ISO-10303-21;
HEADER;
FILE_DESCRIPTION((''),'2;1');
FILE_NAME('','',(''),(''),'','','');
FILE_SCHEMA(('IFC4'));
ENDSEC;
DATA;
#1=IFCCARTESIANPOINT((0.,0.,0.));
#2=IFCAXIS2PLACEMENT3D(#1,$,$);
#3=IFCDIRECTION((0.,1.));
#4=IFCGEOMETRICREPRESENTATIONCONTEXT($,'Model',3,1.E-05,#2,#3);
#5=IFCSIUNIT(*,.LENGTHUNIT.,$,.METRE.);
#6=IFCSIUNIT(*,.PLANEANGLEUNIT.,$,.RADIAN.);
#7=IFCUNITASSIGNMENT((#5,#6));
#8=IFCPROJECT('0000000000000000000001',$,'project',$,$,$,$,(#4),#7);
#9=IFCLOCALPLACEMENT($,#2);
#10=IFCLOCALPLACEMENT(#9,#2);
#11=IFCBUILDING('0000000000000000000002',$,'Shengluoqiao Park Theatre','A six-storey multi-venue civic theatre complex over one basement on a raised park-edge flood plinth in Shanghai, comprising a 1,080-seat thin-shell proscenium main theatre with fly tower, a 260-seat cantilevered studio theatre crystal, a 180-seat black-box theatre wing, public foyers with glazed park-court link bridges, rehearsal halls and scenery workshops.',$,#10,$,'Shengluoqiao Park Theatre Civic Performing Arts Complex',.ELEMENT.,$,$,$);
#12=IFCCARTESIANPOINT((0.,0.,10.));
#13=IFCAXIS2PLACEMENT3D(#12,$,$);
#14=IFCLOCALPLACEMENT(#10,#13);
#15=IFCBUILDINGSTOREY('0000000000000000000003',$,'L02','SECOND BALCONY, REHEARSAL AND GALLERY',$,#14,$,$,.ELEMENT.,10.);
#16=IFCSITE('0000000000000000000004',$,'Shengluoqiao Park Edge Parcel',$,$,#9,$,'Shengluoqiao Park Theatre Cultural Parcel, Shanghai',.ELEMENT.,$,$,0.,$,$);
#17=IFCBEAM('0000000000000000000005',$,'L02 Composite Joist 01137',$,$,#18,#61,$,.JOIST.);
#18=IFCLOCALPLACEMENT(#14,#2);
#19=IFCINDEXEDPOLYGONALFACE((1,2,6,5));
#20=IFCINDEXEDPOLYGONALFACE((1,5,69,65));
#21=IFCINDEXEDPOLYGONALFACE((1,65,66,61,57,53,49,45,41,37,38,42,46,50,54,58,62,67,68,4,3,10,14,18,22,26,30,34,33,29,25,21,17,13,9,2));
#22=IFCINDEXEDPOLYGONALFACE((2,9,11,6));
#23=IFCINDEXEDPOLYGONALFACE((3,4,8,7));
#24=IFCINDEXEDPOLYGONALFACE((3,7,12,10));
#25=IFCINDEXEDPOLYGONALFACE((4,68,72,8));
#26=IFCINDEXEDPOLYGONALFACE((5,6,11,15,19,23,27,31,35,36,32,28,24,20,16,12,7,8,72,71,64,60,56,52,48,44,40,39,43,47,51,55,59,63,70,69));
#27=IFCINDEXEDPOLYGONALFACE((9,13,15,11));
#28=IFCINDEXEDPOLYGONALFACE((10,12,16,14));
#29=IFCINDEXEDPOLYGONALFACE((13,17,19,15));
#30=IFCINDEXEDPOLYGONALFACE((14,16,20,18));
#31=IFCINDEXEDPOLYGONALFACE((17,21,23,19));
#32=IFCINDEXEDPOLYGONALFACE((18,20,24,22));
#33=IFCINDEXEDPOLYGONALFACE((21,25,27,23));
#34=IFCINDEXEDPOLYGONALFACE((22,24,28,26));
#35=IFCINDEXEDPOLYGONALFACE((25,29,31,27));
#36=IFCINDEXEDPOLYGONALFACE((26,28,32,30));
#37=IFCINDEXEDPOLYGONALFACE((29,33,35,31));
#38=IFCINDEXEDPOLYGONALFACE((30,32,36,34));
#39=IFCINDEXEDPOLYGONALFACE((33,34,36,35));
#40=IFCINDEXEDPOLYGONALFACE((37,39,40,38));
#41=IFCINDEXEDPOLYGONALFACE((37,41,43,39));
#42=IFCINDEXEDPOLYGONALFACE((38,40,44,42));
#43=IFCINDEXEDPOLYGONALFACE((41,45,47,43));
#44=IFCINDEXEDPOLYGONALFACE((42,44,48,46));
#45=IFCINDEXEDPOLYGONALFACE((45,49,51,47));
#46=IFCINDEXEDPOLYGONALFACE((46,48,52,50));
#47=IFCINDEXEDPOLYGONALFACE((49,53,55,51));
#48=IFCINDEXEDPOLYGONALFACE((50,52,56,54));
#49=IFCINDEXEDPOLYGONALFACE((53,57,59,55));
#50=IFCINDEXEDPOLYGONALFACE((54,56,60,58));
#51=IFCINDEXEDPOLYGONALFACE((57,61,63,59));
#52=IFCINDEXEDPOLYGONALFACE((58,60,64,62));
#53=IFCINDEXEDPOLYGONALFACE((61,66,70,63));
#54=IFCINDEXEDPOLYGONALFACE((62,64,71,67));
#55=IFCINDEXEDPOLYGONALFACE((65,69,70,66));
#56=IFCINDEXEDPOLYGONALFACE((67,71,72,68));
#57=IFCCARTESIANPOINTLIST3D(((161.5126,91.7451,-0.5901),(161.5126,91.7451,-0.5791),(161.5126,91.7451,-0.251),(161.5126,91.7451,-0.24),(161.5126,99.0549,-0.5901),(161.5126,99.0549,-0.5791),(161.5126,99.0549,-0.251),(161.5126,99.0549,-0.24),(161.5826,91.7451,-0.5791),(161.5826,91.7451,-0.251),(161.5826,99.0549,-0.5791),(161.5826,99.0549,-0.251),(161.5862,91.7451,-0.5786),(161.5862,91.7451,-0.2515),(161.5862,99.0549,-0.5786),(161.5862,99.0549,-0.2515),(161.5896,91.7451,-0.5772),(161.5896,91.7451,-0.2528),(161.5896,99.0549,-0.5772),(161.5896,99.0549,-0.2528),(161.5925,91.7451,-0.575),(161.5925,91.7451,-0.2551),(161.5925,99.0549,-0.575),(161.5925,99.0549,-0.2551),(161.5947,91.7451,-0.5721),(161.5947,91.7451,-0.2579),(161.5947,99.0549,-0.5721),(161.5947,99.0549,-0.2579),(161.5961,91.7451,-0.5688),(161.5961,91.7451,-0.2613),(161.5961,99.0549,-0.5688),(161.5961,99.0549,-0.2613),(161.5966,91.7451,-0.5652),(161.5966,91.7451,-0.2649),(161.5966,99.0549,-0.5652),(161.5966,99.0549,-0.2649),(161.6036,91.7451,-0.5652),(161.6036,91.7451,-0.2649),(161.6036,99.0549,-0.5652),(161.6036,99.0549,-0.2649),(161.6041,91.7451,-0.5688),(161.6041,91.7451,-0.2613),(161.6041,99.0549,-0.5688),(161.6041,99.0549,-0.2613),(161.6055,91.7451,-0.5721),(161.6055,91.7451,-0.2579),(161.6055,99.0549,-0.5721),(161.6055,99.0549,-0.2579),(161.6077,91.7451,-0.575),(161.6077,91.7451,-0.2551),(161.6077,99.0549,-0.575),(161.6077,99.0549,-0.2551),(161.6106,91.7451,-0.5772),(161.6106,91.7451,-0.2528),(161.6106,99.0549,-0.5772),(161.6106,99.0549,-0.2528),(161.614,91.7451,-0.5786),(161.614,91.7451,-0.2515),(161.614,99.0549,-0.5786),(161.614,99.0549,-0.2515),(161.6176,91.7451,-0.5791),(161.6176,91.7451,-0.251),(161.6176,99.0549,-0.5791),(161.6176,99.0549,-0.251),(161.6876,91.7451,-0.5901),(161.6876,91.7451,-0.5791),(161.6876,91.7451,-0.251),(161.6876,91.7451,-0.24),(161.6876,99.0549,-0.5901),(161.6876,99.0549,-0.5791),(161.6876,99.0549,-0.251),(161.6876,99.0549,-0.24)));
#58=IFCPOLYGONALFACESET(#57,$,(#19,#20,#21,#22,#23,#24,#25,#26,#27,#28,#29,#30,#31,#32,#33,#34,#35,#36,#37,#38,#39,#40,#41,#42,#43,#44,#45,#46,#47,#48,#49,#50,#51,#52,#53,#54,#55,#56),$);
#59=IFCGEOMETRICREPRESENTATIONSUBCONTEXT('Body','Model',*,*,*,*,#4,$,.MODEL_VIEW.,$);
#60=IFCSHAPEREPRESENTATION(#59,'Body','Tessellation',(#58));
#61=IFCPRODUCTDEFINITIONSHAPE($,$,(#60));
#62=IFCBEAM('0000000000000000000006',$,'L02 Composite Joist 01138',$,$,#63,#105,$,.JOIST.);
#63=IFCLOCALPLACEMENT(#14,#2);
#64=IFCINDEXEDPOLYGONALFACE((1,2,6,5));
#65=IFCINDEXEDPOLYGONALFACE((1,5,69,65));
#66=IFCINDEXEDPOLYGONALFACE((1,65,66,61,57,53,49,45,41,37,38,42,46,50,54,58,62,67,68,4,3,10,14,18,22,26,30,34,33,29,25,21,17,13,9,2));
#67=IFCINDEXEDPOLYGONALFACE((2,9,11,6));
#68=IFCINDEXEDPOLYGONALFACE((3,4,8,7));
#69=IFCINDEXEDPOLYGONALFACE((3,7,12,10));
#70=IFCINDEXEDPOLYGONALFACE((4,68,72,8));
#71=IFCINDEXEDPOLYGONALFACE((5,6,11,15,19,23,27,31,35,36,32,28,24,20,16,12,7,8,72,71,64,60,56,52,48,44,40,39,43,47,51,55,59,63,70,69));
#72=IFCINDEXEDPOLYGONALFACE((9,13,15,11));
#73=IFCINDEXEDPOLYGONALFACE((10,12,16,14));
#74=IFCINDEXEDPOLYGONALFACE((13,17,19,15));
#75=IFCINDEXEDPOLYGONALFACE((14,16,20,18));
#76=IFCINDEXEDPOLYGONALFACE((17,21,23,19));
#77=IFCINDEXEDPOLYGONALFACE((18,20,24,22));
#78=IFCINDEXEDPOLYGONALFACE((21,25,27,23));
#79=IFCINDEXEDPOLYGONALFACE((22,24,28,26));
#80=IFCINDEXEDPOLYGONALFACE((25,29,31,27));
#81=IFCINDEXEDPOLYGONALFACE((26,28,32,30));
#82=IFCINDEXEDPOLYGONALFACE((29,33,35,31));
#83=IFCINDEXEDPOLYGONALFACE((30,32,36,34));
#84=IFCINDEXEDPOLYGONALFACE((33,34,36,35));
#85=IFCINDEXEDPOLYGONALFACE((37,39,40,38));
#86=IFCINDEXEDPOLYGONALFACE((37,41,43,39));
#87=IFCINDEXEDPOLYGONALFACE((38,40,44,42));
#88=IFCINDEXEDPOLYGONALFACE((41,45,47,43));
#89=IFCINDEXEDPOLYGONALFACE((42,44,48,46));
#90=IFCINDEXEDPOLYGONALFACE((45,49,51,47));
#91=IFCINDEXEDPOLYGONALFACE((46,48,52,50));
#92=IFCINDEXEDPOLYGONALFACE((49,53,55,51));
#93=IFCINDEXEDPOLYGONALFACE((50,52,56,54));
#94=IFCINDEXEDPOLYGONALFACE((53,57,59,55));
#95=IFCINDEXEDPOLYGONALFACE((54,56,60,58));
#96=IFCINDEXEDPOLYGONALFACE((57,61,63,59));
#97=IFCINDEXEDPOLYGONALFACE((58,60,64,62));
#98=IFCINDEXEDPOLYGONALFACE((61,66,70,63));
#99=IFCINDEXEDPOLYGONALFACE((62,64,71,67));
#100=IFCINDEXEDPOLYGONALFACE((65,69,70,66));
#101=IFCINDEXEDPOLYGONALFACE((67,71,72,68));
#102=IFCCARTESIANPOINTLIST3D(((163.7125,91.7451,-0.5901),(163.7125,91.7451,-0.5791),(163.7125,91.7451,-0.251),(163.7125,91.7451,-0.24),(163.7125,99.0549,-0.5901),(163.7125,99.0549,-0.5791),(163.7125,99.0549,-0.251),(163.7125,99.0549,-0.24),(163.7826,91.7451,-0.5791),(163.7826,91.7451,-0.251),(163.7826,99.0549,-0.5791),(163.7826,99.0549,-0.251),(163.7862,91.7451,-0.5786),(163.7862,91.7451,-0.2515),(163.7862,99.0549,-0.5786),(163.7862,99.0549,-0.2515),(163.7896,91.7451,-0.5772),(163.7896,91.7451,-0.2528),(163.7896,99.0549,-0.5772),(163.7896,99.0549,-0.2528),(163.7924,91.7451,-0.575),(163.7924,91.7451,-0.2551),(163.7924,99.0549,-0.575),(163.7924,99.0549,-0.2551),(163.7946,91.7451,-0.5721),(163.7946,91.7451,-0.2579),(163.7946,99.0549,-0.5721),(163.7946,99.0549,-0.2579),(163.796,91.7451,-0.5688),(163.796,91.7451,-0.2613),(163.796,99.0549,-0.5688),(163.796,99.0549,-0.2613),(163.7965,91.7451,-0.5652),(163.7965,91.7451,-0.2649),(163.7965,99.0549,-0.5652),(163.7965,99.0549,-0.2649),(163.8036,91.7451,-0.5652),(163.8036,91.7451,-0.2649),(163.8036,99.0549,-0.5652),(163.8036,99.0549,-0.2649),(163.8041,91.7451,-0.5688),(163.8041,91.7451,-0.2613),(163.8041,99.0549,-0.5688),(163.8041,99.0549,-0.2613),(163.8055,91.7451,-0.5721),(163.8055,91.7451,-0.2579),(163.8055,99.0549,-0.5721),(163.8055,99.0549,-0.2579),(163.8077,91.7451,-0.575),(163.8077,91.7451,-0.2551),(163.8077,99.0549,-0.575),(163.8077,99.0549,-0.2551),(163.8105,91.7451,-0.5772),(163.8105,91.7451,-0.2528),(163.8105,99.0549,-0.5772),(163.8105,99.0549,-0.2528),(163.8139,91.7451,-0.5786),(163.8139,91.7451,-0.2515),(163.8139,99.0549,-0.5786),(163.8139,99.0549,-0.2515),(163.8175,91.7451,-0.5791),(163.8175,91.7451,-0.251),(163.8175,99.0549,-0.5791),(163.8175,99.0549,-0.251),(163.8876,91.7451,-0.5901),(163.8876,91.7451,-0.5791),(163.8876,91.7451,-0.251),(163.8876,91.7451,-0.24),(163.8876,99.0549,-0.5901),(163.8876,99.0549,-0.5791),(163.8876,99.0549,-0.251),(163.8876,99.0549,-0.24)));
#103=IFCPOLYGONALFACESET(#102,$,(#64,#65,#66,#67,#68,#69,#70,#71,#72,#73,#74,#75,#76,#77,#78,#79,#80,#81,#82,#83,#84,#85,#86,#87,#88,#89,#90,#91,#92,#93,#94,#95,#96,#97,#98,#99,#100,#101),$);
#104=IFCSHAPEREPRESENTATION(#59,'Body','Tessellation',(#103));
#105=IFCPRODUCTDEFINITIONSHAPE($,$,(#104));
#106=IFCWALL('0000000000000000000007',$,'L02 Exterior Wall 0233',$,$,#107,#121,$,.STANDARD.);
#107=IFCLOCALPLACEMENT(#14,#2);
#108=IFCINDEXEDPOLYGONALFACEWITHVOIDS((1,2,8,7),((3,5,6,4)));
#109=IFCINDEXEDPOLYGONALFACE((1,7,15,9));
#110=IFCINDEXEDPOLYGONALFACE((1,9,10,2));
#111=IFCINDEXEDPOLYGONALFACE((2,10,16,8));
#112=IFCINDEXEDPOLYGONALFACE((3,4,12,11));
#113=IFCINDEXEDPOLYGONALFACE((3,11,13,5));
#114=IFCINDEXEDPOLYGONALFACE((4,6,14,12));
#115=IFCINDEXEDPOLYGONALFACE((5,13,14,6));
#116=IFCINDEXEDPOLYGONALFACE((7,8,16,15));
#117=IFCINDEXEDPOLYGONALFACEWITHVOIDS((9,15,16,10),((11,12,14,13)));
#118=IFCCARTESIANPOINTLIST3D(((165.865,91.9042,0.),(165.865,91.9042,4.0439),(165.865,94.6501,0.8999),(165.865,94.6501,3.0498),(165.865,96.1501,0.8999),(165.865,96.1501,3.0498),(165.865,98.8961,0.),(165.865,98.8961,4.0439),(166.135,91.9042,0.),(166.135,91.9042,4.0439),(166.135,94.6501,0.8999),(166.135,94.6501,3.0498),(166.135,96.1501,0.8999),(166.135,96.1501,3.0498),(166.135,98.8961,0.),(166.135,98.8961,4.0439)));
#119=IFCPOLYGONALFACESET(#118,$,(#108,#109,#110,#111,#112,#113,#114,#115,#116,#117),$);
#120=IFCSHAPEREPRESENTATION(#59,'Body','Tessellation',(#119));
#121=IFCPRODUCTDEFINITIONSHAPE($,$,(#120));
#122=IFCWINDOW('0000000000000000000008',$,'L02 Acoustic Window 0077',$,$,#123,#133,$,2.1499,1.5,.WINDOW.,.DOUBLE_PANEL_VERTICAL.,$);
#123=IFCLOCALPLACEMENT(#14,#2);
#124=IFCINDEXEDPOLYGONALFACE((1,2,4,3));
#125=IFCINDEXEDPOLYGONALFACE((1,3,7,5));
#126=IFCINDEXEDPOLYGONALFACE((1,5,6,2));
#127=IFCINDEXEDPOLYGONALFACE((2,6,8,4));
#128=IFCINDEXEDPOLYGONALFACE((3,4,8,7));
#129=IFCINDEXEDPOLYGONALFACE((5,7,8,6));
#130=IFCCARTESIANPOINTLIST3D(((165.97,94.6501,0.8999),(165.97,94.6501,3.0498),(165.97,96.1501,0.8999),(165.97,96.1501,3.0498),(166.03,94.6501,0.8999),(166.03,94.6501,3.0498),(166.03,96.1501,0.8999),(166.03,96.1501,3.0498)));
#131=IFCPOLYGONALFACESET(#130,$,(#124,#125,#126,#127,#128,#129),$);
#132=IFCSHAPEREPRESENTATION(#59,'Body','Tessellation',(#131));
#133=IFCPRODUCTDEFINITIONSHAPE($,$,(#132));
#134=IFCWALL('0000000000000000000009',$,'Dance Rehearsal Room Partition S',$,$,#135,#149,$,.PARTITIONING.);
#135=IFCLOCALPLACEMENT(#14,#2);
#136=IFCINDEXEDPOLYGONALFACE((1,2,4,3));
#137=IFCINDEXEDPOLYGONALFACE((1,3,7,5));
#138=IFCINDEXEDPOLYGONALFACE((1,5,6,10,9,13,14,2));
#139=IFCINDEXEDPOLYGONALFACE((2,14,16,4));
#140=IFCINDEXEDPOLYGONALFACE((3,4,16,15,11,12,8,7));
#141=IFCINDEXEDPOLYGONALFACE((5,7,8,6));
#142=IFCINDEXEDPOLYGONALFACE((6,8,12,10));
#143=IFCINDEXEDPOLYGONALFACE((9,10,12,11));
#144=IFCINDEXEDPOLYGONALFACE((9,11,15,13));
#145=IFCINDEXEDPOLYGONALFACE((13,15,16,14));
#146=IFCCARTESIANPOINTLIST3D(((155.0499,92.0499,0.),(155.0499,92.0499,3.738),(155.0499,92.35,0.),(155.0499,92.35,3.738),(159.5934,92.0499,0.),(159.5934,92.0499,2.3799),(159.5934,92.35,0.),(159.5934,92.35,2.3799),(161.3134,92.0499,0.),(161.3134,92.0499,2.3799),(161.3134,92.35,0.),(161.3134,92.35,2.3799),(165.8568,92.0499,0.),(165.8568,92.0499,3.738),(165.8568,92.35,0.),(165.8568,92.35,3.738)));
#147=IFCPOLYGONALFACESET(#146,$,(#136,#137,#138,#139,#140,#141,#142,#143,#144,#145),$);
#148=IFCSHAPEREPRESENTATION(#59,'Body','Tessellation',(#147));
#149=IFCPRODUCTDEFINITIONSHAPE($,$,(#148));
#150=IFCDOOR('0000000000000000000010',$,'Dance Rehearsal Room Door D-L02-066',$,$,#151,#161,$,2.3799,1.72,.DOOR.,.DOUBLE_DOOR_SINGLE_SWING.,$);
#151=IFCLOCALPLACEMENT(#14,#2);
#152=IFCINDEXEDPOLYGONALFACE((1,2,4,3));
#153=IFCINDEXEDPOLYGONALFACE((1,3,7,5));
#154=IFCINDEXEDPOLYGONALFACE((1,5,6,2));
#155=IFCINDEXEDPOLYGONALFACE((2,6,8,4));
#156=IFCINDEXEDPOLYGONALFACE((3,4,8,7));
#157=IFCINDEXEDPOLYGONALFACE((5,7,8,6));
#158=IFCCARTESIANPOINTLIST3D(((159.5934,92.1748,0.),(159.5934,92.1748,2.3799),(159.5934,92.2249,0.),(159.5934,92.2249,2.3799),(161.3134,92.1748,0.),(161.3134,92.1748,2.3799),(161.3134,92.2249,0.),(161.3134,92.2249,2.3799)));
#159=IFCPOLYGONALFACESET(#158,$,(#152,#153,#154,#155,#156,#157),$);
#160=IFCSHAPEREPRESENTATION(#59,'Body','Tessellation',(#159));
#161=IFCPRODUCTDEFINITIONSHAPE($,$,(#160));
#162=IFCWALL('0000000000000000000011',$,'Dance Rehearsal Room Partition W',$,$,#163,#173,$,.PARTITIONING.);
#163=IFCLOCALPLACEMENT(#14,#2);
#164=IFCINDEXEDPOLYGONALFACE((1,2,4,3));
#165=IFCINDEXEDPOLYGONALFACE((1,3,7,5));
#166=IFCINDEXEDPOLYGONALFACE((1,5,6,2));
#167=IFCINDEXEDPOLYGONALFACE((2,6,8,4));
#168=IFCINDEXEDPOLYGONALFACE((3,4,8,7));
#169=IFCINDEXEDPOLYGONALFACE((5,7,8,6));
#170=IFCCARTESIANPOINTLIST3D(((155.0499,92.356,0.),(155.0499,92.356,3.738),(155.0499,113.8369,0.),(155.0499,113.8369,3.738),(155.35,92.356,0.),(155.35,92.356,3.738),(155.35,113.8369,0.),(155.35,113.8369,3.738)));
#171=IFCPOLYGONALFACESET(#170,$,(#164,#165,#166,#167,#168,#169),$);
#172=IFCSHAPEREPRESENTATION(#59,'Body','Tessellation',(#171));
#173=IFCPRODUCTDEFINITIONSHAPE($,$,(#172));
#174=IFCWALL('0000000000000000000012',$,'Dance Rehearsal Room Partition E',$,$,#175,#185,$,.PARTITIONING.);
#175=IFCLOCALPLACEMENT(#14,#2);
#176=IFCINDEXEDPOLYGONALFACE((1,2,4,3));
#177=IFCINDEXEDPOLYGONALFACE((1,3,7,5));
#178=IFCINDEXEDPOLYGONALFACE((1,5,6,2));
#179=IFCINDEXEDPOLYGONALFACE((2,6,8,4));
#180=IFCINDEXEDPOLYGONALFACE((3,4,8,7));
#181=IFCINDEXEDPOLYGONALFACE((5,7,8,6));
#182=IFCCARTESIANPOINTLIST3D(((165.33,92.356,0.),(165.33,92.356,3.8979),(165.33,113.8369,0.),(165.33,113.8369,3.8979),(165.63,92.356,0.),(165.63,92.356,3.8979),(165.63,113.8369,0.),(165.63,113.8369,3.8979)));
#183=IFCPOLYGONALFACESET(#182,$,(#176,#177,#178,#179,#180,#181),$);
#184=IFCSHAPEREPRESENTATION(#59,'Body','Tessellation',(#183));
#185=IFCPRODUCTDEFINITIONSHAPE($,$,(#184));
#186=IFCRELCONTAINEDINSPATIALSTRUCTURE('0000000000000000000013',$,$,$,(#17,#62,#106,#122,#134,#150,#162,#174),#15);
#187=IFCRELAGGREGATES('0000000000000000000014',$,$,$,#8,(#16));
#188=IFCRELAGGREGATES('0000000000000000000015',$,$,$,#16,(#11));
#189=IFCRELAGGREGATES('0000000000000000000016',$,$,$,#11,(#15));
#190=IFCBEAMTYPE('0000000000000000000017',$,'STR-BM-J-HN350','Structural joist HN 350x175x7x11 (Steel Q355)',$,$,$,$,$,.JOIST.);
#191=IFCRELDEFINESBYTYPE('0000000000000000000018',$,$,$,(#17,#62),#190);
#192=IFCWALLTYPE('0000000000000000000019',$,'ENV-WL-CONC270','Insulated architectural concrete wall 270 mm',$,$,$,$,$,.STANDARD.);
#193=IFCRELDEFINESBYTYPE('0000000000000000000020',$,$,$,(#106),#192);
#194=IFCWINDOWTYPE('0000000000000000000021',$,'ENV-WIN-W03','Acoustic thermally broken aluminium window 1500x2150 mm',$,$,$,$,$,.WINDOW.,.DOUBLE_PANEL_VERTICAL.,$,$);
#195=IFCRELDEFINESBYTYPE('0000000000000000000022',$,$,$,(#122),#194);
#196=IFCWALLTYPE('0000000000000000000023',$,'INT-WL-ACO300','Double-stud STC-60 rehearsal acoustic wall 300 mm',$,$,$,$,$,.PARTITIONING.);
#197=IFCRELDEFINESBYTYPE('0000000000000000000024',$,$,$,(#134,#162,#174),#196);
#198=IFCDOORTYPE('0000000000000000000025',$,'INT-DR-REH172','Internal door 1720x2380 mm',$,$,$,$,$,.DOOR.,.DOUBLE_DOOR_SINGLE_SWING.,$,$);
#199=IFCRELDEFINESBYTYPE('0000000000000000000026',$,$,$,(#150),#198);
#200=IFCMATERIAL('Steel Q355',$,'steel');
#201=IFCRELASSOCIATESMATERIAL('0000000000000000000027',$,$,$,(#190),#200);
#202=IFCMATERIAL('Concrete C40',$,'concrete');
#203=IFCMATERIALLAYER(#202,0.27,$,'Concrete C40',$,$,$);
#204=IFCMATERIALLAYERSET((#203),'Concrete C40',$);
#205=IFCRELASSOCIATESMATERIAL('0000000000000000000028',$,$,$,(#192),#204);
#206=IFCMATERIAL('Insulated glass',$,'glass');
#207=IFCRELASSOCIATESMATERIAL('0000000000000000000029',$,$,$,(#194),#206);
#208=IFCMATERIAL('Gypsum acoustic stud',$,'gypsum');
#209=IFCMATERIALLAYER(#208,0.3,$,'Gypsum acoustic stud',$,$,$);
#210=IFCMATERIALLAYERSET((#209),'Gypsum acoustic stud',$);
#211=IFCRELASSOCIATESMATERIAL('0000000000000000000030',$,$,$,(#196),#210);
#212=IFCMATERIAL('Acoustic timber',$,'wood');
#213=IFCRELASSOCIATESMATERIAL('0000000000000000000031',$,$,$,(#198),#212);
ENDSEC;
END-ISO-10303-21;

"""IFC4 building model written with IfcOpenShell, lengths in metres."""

from ifc_helpers import new_model, si_unit, direction, frame, frame_2d, origin, origin_2d, place, context, subcontext, project, spatial, rectangle, i_section, extrude, material, layer, layer_set, material_profile, profile_set, type_object, element, fill, save


model = new_model("IFC4")

# Units and contexts
model_context = context("Model", 3, precision=1e-05, world=origin(), true_north=direction((0.0, 1.0)))
body_context = subcontext(model_context, "Body", "Model", "MODEL_VIEW")
ifc_project = project(units=[si_unit("LENGTHUNIT", "METRE"), si_unit("PLANEANGLEUNIT", "RADIAN")], contexts=[model_context])

# Site, building, storey
site_placement = place(None, origin())
site = spatial("IfcSite", under=ifc_project, at=site_placement, Name="Shengluoqiao Park Edge Parcel", LongName="Shengluoqiao Park Theatre Cultural Parcel, Shanghai", CompositionType="ELEMENT", RefElevation=0.0)
building_placement = place(site_placement, origin())
building = spatial("IfcBuilding", under=site, at=building_placement, Name="Shengluoqiao Park Theatre", Description="A six-storey multi-venue civic theatre complex over one basement on a raised park-edge flood plinth in Shanghai, comprising a 1,080-seat thin-shell proscenium main theatre with fly tower, a 260-seat cantilevered studio theatre crystal, a 180-seat black-box theatre wing, public foyers with glazed park-court link bridges, rehearsal halls and scenery workshops.", LongName="Shengluoqiao Park Theatre Civic Performing Arts Complex", CompositionType="ELEMENT")
storey_placement = place(building_placement, frame((0.0, 0.0, 10.0)))
storey = spatial("IfcBuildingStorey", under=building, at=storey_placement, Name="L02", Description="SECOND BALCONY, REHEARSAL AND GALLERY", CompositionType="ELEMENT", Elevation=10.0)

# Shared definitions
ifc_material_1 = material(Name="Concrete C40", Category="concrete")

# Beams
ifc_material_2 = material(Name="Steel Q355", Category="steel")
ifc_material_profile_1 = material_profile(ifc_material_2, i_section(OverallWidth=0.175, OverallDepth=0.3501, WebThickness=0.0071, FlangeThickness=0.011, FilletRadius=0.0139, at=origin_2d()), Name="HN 350x175x7x11")
ifc_profile_set_1 = profile_set([ifc_material_profile_1], Name="Steel Q355")
beam_type_1 = type_object("IfcBeamType", Name="STR-BM-J-HN350", Description="Structural joist HN 350x175x7x11 (Steel Q355)", PredefinedType="JOIST", material=ifc_profile_set_1)
for number, where, z_axis, x_axis, name in (
    (1, (161.6001, 91.7451, -0.415), (0.0, 1.0, 0.0), (-1.0, 0.0, 0.0), "L02 Composite Joist 01137"),
    (2, (163.8, 91.7451, -0.415), (0.0, 1.0, 0.0), (-1.0, 0.0, 0.0), "L02 Composite Joist 01138"),
):
    element("IfcBeam", number, at=place(storey_placement, frame(where, z_axis=z_axis, x_axis=x_axis)), inside=storey, type_object=beam_type_1, Name=name, PredefinedType="JOIST", context=body_context, shape_type="SweptSolid", body=[
        extrude(i_section(OverallWidth=0.175, OverallDepth=0.3501, WebThickness=0.0071, FlangeThickness=0.011, FilletRadius=0.0139, at=origin_2d()), origin(), (0.0, 0.0, 1.0), 7.3098),
    ])

# Wall, opening, window
ifc_layer_1 = layer(ifc_material_1, 0.27, Name="Concrete C40")
ifc_layer_set_1 = layer_set([ifc_layer_1], Name="Concrete C40")
wall_type_1 = type_object("IfcWallType", Name="ENV-WL-CONC270", Description="Insulated architectural concrete wall 270 mm", PredefinedType="STANDARD", material=ifc_layer_set_1)
wall_1_placement = place(storey_placement, frame((166.0, 91.9041, 0.0), z_axis=(0.0, 0.0, 1.0), x_axis=(0.0, 1.0, 0.0)))
wall_1 = element("IfcWall", 3, at=wall_1_placement, inside=storey, type_object=wall_type_1, Name="L02 Exterior Wall 0233", PredefinedType="STANDARD", context=body_context, shape_type="SweptSolid", body=[
    extrude(rectangle(XDim=6.9919, YDim=0.27, at=frame_2d((3.4961, 0.0))), origin(), (0.0, 0.0, 1.0), 4.0439),
])
opening_1_placement = place(wall_1_placement, frame((2.7461, 0.0, 0.8999)))
opening_1 = element("IfcOpeningElement", 4, at=opening_1_placement, cuts=wall_1, PredefinedType="OPENING", context=body_context, shape_type="SweptSolid", body=[
    extrude(rectangle(XDim=1.5, YDim=2.1499, at=frame_2d((0.75, 1.075))), frame((0.0, 0.145, 0.0), z_axis=(0.0, -1.0, 0.0), x_axis=(1.0, 0.0, 0.0)), (0.0, 0.0, 1.0), 0.29),
])
ifc_material_3 = material(Name="Insulated glass", Category="glass")
window_type = type_object("IfcWindowType", Name="ENV-WIN-W03", Description="Acoustic thermally broken aluminium window 1500x2150 mm", PartitioningType="DOUBLE_PANEL_VERTICAL", PredefinedType="WINDOW", material=ifc_material_3)
window_placement = place(opening_1_placement, origin())
window = element("IfcWindow", 5, at=window_placement, inside=storey, type_object=window_type, Name="L02 Acoustic Window 0077", OverallHeight=2.1499, OverallWidth=1.5, PartitioningType="DOUBLE_PANEL_VERTICAL", PredefinedType="WINDOW", context=body_context, shape_type="SweptSolid", body=[
    extrude(rectangle(XDim=1.5, YDim=2.1499, at=frame_2d((0.75, 1.075))), frame((0.0, 0.03, 0.0), z_axis=(0.0, -1.0, 0.0), x_axis=(1.0, 0.0, 0.0)), (0.0, 0.0, 1.0), 0.0601),
])
fill(opening_1, window)

# Wall, opening, door
ifc_material_4 = material(Name="Gypsum acoustic stud", Category="gypsum")
ifc_layer_2 = layer(ifc_material_4, 0.3, Name="Gypsum acoustic stud")
ifc_layer_set_2 = layer_set([ifc_layer_2], Name="Gypsum acoustic stud")
wall_type_2 = type_object("IfcWallType", Name="INT-WL-ACO300", Description="Double-stud STC-60 rehearsal acoustic wall 300 mm", PredefinedType="PARTITIONING", material=ifc_layer_set_2)
wall_2_placement = place(storey_placement, frame((155.05, 92.2, 0.0), z_axis=(0.0, 0.0, 1.0), x_axis=(1.0, 0.0, 0.0)))
wall_2 = element("IfcWall", 6, at=wall_2_placement, inside=storey, type_object=wall_type_2, Name="Dance Rehearsal Room Partition S", PredefinedType="PARTITIONING", context=body_context, shape_type="SweptSolid", body=[
    extrude(rectangle(XDim=10.8069, YDim=0.3, at=frame_2d((5.4033, 0.0))), origin(), (0.0, 0.0, 1.0), 3.738),
])
opening_2_placement = place(wall_2_placement, frame((4.5435, 0.0, 0.0)))
opening_2 = element("IfcOpeningElement", 7, at=opening_2_placement, cuts=wall_2, PredefinedType="OPENING", context=body_context, shape_type="SweptSolid", body=[
    extrude(rectangle(XDim=1.72, YDim=2.3799, at=frame_2d((0.8599, 1.1899))), frame((0.0, 0.1599, 0.0), z_axis=(0.0, -1.0, 0.0), x_axis=(1.0, 0.0, 0.0)), (0.0, 0.0, 1.0), 0.3201),
])
ifc_material_5 = material(Name="Acoustic timber", Category="wood")
door_type = type_object("IfcDoorType", Name="INT-DR-REH172", Description="Internal door 1720x2380 mm", OperationType="DOUBLE_DOOR_SINGLE_SWING", PredefinedType="DOOR", material=ifc_material_5)
door_placement = place(opening_2_placement, origin())
door = element("IfcDoor", 8, at=door_placement, inside=storey, type_object=door_type, Name="Dance Rehearsal Room Door D-L02-066", OperationType="DOUBLE_DOOR_SINGLE_SWING", OverallHeight=2.3799, OverallWidth=1.72, PredefinedType="DOOR", context=body_context, shape_type="SweptSolid", body=[
    extrude(rectangle(XDim=1.72, YDim=2.3799, at=frame_2d((0.8599, 1.1899))), frame((0.0, 0.0249, 0.0), z_axis=(0.0, -1.0, 0.0), x_axis=(1.0, 0.0, 0.0)), (0.0, 0.0, 1.0), 0.05),
])
fill(opening_2, door)

# Walls
wall_3_placement = place(storey_placement, frame((155.2, 92.356, 0.0), z_axis=(0.0, 0.0, 1.0), x_axis=(0.0, 1.0, 0.0)))
element("IfcWall", 9, at=wall_3_placement, inside=storey, type_object=wall_type_2, Name="Dance Rehearsal Room Partition W", PredefinedType="PARTITIONING", context=body_context, shape_type="SweptSolid", body=[
    extrude(rectangle(XDim=21.481, YDim=0.3, at=frame_2d((10.7405, 0.0))), origin(), (0.0, 0.0, 1.0), 3.738),
])
wall_4_placement = place(storey_placement, frame((165.48, 92.356, 0.0), z_axis=(0.0, 0.0, 1.0), x_axis=(0.0, 1.0, 0.0)))
element("IfcWall", 10, at=wall_4_placement, inside=storey, type_object=wall_type_2, Name="Dance Rehearsal Room Partition E", PredefinedType="PARTITIONING", context=body_context, shape_type="SweptSolid", body=[
    extrude(rectangle(XDim=21.481, YDim=0.3, at=frame_2d((10.7405, 0.0))), origin(), (0.0, 0.0, 1.0), 3.8979),
])

save(model, "model.ifc")
